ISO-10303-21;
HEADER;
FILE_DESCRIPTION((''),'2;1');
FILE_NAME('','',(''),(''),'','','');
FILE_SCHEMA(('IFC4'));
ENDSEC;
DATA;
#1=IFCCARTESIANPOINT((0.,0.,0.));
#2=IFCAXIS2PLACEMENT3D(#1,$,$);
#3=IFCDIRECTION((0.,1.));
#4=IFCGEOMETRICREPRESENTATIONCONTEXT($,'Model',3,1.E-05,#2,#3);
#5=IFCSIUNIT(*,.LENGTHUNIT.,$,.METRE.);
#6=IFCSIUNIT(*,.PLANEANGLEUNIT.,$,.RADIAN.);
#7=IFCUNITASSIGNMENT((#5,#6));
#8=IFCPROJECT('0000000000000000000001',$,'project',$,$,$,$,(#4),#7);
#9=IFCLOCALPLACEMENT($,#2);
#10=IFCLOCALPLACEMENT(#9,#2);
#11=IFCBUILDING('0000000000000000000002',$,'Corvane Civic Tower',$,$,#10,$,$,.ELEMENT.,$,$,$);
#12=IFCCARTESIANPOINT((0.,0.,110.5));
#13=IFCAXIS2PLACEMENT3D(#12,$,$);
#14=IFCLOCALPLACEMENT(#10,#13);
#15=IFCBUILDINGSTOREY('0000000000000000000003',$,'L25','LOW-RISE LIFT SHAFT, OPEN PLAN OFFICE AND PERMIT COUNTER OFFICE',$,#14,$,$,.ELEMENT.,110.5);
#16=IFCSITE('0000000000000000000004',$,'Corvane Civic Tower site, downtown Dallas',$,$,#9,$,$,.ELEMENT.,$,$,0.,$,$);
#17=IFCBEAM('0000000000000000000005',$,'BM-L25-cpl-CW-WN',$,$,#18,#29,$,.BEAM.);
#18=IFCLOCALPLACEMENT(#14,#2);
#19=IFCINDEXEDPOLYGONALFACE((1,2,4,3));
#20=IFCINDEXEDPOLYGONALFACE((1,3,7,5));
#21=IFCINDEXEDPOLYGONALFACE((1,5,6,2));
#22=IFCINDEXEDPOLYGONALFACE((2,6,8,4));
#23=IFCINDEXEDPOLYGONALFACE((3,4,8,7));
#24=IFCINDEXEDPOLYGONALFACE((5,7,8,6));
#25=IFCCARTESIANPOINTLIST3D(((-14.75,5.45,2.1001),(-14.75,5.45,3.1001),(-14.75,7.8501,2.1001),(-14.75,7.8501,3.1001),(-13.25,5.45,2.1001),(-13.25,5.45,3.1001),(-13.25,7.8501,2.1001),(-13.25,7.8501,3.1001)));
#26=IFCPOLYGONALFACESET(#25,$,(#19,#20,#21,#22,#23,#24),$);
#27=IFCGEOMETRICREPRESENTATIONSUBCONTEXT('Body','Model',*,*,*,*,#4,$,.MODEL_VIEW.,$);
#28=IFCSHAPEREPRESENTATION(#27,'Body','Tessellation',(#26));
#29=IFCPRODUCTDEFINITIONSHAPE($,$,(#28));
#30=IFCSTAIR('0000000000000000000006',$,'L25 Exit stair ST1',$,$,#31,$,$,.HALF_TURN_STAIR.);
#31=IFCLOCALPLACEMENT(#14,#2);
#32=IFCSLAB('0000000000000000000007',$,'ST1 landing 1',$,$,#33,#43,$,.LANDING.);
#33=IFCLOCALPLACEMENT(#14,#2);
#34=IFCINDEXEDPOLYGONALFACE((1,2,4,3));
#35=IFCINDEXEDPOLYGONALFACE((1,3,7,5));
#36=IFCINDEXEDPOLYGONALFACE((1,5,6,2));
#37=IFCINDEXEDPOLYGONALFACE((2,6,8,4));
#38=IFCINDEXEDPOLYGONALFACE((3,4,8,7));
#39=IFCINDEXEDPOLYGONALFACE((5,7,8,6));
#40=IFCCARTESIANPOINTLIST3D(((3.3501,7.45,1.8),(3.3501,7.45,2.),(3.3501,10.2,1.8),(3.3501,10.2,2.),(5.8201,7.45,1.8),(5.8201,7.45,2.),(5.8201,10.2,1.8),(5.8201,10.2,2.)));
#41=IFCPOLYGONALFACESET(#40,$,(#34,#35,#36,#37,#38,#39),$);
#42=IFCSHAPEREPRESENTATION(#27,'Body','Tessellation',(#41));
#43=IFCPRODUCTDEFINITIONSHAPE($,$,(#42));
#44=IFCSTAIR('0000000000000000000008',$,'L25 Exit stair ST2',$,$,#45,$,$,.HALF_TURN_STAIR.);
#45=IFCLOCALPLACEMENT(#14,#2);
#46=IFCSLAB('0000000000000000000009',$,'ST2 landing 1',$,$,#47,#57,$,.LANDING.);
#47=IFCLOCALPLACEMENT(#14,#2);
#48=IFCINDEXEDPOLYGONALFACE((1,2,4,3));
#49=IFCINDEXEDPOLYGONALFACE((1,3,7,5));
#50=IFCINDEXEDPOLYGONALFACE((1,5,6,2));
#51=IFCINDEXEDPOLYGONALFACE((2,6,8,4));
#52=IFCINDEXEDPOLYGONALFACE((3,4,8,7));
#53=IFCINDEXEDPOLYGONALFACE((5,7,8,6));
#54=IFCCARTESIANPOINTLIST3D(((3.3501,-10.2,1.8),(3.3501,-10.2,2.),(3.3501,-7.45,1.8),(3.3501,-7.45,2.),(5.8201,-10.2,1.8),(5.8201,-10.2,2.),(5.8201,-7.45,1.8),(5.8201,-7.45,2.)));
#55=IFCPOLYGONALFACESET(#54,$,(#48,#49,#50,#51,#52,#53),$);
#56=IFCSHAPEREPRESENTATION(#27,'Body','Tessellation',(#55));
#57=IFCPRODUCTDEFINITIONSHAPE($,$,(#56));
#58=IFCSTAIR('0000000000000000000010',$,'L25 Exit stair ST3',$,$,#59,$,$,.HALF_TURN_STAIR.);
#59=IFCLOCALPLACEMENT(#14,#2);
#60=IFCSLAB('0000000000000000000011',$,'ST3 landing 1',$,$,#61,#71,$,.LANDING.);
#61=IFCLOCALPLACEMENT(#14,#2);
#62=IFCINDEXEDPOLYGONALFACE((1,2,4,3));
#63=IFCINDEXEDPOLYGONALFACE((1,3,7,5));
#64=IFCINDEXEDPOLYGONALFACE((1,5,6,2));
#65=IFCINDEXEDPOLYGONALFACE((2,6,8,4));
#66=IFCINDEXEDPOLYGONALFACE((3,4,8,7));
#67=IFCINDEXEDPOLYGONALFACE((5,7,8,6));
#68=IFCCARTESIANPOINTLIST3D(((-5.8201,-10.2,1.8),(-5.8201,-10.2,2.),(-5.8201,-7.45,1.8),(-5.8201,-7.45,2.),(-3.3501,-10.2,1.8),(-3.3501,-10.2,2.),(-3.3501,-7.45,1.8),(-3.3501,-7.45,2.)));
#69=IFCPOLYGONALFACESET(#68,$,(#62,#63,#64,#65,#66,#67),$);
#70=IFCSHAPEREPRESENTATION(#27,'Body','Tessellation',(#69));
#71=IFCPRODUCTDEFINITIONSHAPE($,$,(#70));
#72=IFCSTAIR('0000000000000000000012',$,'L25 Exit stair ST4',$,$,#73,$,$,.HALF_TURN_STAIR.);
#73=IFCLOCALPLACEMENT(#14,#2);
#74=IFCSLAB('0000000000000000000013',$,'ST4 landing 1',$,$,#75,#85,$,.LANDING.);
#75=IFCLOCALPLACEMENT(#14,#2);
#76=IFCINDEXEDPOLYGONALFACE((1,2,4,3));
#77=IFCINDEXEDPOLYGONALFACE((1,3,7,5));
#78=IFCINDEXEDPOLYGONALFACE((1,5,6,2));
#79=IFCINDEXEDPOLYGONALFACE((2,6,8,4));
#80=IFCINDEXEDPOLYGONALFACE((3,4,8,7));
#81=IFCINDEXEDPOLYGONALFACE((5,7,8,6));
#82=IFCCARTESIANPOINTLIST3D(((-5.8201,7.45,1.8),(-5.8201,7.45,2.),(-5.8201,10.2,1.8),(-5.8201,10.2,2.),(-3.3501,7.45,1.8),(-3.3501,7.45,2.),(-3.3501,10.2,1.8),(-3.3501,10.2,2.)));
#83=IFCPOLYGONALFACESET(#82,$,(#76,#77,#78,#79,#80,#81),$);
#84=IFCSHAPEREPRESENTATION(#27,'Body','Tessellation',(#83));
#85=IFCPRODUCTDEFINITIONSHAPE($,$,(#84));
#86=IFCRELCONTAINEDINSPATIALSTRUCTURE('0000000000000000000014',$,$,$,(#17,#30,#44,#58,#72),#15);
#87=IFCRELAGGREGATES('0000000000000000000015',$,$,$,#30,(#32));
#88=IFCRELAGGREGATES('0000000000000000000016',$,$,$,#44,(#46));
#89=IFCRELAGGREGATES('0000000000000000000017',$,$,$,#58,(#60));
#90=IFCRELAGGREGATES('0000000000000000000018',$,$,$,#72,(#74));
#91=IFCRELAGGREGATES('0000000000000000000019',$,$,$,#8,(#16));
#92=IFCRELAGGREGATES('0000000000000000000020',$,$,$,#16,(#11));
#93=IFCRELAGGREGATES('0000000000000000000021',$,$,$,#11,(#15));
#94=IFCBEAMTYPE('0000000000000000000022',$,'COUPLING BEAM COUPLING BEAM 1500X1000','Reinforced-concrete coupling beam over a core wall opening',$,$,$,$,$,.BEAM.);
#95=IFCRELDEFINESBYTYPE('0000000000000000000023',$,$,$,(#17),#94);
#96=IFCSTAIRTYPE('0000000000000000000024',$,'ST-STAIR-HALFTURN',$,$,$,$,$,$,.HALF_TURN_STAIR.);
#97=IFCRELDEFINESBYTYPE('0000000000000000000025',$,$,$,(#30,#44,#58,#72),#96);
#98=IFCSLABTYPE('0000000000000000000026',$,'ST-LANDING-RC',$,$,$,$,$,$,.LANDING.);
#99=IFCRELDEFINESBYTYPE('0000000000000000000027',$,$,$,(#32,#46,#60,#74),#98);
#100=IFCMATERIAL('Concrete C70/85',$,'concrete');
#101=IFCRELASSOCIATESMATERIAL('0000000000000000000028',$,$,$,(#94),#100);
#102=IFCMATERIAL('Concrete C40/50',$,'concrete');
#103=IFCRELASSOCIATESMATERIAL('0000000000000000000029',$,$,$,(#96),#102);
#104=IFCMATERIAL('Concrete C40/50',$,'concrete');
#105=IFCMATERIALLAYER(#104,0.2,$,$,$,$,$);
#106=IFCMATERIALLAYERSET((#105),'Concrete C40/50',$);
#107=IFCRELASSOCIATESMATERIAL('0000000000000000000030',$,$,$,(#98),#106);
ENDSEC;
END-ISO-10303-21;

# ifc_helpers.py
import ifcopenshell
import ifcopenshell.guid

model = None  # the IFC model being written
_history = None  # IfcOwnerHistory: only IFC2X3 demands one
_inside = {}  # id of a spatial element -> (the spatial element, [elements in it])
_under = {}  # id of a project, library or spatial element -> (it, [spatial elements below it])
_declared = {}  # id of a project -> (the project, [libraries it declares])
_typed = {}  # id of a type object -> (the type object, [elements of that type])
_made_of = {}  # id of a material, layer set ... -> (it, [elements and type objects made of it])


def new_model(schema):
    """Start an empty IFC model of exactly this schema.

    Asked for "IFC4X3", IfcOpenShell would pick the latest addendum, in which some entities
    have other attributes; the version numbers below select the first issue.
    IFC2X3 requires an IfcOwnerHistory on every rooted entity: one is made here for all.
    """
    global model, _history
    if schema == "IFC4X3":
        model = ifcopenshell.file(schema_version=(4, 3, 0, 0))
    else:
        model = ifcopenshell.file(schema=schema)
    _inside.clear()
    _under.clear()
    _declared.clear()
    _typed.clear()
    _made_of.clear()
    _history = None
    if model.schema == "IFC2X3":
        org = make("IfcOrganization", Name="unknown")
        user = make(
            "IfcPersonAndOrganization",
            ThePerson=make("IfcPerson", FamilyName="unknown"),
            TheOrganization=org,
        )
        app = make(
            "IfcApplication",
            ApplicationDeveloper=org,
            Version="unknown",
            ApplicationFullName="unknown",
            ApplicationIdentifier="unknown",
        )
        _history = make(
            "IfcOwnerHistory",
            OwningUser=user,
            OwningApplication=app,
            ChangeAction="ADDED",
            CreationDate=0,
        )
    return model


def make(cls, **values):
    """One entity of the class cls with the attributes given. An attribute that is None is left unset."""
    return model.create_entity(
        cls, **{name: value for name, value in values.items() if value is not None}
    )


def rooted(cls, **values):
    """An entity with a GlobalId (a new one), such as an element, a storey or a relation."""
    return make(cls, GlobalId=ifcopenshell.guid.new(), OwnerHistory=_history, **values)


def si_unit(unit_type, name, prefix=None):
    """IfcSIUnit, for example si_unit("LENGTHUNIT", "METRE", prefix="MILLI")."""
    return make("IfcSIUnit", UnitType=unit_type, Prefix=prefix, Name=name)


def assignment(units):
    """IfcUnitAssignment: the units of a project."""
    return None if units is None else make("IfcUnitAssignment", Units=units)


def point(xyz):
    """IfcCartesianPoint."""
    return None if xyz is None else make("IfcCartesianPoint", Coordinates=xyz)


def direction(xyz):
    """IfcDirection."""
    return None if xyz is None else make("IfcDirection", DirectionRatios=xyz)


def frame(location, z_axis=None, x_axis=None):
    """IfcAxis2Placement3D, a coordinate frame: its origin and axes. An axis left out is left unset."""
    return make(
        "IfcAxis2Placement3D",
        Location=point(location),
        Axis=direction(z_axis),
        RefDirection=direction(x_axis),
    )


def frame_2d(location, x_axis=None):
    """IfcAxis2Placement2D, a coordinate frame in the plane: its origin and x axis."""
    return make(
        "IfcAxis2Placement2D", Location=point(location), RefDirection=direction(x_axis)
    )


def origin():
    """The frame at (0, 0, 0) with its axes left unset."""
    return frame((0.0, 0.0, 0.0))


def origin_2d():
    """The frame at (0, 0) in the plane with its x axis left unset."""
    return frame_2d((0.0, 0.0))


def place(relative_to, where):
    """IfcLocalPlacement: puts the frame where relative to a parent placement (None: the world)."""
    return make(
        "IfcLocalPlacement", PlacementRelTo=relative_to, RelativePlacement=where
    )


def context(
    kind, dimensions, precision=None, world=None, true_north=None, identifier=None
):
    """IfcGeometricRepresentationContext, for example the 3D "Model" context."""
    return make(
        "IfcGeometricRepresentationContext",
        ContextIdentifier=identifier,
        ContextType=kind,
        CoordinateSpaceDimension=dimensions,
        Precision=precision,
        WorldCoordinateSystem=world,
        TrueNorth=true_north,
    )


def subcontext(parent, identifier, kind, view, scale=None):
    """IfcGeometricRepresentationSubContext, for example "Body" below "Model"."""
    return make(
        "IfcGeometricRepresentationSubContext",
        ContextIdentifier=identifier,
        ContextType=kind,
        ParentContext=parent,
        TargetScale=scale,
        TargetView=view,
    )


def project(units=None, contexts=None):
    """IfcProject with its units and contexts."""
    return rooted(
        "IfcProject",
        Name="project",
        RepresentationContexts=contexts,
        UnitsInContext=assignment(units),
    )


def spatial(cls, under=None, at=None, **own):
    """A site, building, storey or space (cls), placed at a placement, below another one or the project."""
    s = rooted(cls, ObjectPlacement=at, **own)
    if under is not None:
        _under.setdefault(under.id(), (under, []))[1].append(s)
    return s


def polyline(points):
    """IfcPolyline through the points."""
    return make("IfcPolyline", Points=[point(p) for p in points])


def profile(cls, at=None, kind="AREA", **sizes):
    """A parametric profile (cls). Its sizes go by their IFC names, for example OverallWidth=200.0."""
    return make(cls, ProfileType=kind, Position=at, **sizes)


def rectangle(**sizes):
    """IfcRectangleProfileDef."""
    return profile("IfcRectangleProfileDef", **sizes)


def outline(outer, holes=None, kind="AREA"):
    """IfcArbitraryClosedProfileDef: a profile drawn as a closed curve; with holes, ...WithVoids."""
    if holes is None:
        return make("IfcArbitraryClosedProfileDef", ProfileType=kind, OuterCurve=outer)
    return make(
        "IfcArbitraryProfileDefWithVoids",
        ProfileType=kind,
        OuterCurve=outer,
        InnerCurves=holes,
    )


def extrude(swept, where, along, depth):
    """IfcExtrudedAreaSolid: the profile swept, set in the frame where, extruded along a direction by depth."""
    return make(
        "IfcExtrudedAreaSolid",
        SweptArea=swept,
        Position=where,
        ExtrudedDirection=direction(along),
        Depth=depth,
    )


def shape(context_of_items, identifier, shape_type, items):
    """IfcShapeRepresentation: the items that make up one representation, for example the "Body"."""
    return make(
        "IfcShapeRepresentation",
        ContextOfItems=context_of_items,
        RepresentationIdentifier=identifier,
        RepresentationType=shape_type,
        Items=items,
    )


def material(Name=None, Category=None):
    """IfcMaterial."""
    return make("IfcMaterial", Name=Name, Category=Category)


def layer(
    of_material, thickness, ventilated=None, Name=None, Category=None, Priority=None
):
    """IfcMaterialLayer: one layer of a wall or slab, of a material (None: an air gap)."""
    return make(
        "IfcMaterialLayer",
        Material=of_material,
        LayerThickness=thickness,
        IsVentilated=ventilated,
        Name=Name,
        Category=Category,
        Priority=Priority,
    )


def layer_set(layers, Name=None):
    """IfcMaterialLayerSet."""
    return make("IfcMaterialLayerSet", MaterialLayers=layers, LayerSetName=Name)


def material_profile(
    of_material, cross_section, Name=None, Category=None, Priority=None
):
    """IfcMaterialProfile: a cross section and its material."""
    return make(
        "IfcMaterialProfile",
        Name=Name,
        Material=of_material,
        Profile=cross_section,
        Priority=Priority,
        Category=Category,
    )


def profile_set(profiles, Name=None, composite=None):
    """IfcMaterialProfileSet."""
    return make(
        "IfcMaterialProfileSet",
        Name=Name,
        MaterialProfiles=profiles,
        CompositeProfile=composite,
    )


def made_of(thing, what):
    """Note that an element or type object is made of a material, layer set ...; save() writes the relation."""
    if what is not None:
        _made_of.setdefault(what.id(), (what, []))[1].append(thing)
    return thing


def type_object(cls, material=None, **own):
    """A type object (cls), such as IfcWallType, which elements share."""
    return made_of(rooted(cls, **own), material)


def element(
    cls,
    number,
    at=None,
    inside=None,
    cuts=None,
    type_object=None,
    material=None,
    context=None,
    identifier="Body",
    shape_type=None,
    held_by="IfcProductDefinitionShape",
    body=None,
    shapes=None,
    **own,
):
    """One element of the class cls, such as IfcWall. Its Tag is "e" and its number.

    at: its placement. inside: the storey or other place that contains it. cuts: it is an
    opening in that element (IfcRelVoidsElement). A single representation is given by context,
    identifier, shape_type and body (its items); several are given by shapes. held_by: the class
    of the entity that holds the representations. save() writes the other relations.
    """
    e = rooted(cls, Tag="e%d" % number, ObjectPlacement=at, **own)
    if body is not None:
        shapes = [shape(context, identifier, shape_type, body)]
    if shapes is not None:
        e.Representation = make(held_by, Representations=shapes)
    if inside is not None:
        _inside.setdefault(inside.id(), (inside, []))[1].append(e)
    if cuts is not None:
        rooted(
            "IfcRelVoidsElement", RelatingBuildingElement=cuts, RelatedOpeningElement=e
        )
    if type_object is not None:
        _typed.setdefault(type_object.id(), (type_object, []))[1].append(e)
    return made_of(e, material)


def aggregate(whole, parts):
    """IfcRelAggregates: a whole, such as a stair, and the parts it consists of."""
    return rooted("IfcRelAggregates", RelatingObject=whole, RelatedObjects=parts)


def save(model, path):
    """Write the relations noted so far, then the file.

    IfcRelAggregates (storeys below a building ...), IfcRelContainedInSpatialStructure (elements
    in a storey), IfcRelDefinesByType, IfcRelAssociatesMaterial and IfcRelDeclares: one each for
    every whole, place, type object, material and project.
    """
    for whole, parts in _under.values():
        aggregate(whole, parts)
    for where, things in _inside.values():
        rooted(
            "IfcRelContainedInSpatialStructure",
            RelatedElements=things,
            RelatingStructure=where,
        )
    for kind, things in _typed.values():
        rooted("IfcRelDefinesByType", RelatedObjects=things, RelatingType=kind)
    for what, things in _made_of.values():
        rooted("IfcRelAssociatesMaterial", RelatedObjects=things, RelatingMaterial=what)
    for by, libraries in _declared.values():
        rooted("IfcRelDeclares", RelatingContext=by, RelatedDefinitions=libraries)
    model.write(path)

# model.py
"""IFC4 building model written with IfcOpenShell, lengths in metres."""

from ifc_helpers import new_model, si_unit, direction, frame, origin, origin_2d, place, context, subcontext, project, spatial, polyline, rectangle, outline, extrude, material, layer, layer_set, material_profile, profile_set, type_object, element, aggregate, save


model = new_model("IFC4")

# Units and contexts
model_context = context("Model", 3, precision=1e-05, world=origin(), true_north=direction((0.0, 1.0)))
body_context = subcontext(model_context, "Body", "Model", "MODEL_VIEW")
ifc_project = project(units=[si_unit("LENGTHUNIT", "METRE"), si_unit("PLANEANGLEUNIT", "RADIAN")], contexts=[model_context])

# Site, building, storey
site_placement = place(None, origin())
site = spatial("IfcSite", under=ifc_project, at=site_placement, Name="Corvane Civic Tower site, downtown Dallas", CompositionType="ELEMENT", RefElevation=0.0)
building_placement = place(site_placement, origin())
building = spatial("IfcBuilding", under=site, at=building_placement, Name="Corvane Civic Tower", CompositionType="ELEMENT")
storey_placement = place(building_placement, frame((0.0, 0.0, 110.5)))
storey = spatial("IfcBuildingStorey", under=building, at=storey_placement, Name="L25", Description="LOW-RISE LIFT SHAFT, OPEN PLAN OFFICE AND PERMIT COUNTER OFFICE", CompositionType="ELEMENT", Elevation=110.5)

# Beam
ifc_material_1 = material(Name="Concrete C70/85", Category="concrete")
ifc_material_profile = material_profile(ifc_material_1, rectangle(XDim=1.5, YDim=1.0, at=origin_2d()), Name="COUPLING BEAM 1500X1000")
ifc_profile_set = profile_set([ifc_material_profile], Name="Concrete C70/85")
beam_type = type_object("IfcBeamType", Name="COUPLING BEAM COUPLING BEAM 1500X1000", Description="Reinforced-concrete coupling beam over a core wall opening", PredefinedType="BEAM", material=ifc_profile_set)
beam_placement = place(storey_placement, frame((-14.0, 5.45, 2.6001), z_axis=(0.0, 1.0, 0.0), x_axis=(-1.0, 0.0, 0.0)))
element("IfcBeam", 1, at=beam_placement, inside=storey, type_object=beam_type, Name="BM-L25-cpl-CW-WN", PredefinedType="BEAM", context=body_context, shape_type="SweptSolid", body=[
    extrude(rectangle(XDim=1.5, YDim=1.0, at=origin_2d()), origin(), (0.0, 0.0, 1.0), 2.4001),
])

# Stairs, slabs
ifc_material_2 = material(Name="Concrete C40/50", Category="concrete")
stair_type = type_object("IfcStairType", Name="ST-STAIR-HALFTURN", PredefinedType="HALF_TURN_STAIR", material=ifc_material_2)
stair_1_placement = place(storey_placement, origin())
stair_1 = element("IfcStair", 2, at=stair_1_placement, inside=storey, type_object=stair_type, Name="L25 Exit stair ST1", PredefinedType="HALF_TURN_STAIR")
ifc_material_3 = material(Name="Concrete C40/50", Category="concrete")
ifc_layer_1 = layer(ifc_material_3, 0.2)
ifc_layer_set_1 = layer_set([ifc_layer_1], Name="Concrete C40/50")
slab_type = type_object("IfcSlabType", Name="ST-LANDING-RC", PredefinedType="LANDING", material=ifc_layer_set_1)
slab_1_placement = place(storey_placement, frame((0.0, 0.0, 1.8)))
slab_1 = element("IfcSlab", 3, at=slab_1_placement, type_object=slab_type, Name="ST1 landing 1", PredefinedType="LANDING", context=body_context, shape_type="SweptSolid", body=[
    extrude(outline(polyline([(5.8201, 10.2), (3.3501, 10.2), (3.3501, 7.45), (5.8201, 7.45), (5.8201, 10.2)])), origin(), (0.0, 0.0, 1.0), 0.2),
])
aggregate(stair_1, [slab_1])
stair_2_placement = place(storey_placement, origin())
stair_2 = element("IfcStair", 4, at=stair_2_placement, inside=storey, type_object=stair_type, Name="L25 Exit stair ST2", PredefinedType="HALF_TURN_STAIR")
slab_2_placement = place(storey_placement, frame((0.0, 0.0, 1.8)))
slab_2 = element("IfcSlab", 5, at=slab_2_placement, type_object=slab_type, Name="ST2 landing 1", PredefinedType="LANDING", context=body_context, shape_type="SweptSolid", body=[
    extrude(outline(polyline([(5.8201, -7.45), (3.3501, -7.45), (3.3501, -10.2), (5.8201, -10.2), (5.8201, -7.45)])), origin(), (0.0, 0.0, 1.0), 0.2),
])
aggregate(stair_2, [slab_2])
stair_3_placement = place(storey_placement, origin())
stair_3 = element("IfcStair", 6, at=stair_3_placement, inside=storey, type_object=stair_type, Name="L25 Exit stair ST3", PredefinedType="HALF_TURN_STAIR")
slab_3_placement = place(storey_placement, frame((0.0, 0.0, 1.8)))
slab_3 = element("IfcSlab", 7, at=slab_3_placement, type_object=slab_type, Name="ST3 landing 1", PredefinedType="LANDING", context=body_context, shape_type="SweptSolid", body=[
    extrude(outline(polyline([(-5.8201, -10.2), (-3.3501, -10.2), (-3.3501, -7.45), (-5.8201, -7.45), (-5.8201, -10.2)])), origin(), (0.0, 0.0, 1.0), 0.2),
])
aggregate(stair_3, [slab_3])
stair_4_placement = place(storey_placement, origin())
stair_4 = element("IfcStair", 8, at=stair_4_placement, inside=storey, type_object=stair_type, Name="L25 Exit stair ST4", PredefinedType="HALF_TURN_STAIR")
slab_4_placement = place(storey_placement, frame((0.0, 0.0, 1.8)))
slab_4 = element("IfcSlab", 9, at=slab_4_placement, type_object=slab_type, Name="ST4 landing 1", PredefinedType="LANDING", context=body_context, shape_type="SweptSolid", body=[
    extrude(outline(polyline([(-5.8201, 7.45), (-3.3501, 7.45), (-3.3501, 10.2), (-5.8201, 10.2), (-5.8201, 7.45)])), origin(), (0.0, 0.0, 1.0), 0.2),
])

aggregate(stair_4, [slab_4])

save(model, "model.ifc")
